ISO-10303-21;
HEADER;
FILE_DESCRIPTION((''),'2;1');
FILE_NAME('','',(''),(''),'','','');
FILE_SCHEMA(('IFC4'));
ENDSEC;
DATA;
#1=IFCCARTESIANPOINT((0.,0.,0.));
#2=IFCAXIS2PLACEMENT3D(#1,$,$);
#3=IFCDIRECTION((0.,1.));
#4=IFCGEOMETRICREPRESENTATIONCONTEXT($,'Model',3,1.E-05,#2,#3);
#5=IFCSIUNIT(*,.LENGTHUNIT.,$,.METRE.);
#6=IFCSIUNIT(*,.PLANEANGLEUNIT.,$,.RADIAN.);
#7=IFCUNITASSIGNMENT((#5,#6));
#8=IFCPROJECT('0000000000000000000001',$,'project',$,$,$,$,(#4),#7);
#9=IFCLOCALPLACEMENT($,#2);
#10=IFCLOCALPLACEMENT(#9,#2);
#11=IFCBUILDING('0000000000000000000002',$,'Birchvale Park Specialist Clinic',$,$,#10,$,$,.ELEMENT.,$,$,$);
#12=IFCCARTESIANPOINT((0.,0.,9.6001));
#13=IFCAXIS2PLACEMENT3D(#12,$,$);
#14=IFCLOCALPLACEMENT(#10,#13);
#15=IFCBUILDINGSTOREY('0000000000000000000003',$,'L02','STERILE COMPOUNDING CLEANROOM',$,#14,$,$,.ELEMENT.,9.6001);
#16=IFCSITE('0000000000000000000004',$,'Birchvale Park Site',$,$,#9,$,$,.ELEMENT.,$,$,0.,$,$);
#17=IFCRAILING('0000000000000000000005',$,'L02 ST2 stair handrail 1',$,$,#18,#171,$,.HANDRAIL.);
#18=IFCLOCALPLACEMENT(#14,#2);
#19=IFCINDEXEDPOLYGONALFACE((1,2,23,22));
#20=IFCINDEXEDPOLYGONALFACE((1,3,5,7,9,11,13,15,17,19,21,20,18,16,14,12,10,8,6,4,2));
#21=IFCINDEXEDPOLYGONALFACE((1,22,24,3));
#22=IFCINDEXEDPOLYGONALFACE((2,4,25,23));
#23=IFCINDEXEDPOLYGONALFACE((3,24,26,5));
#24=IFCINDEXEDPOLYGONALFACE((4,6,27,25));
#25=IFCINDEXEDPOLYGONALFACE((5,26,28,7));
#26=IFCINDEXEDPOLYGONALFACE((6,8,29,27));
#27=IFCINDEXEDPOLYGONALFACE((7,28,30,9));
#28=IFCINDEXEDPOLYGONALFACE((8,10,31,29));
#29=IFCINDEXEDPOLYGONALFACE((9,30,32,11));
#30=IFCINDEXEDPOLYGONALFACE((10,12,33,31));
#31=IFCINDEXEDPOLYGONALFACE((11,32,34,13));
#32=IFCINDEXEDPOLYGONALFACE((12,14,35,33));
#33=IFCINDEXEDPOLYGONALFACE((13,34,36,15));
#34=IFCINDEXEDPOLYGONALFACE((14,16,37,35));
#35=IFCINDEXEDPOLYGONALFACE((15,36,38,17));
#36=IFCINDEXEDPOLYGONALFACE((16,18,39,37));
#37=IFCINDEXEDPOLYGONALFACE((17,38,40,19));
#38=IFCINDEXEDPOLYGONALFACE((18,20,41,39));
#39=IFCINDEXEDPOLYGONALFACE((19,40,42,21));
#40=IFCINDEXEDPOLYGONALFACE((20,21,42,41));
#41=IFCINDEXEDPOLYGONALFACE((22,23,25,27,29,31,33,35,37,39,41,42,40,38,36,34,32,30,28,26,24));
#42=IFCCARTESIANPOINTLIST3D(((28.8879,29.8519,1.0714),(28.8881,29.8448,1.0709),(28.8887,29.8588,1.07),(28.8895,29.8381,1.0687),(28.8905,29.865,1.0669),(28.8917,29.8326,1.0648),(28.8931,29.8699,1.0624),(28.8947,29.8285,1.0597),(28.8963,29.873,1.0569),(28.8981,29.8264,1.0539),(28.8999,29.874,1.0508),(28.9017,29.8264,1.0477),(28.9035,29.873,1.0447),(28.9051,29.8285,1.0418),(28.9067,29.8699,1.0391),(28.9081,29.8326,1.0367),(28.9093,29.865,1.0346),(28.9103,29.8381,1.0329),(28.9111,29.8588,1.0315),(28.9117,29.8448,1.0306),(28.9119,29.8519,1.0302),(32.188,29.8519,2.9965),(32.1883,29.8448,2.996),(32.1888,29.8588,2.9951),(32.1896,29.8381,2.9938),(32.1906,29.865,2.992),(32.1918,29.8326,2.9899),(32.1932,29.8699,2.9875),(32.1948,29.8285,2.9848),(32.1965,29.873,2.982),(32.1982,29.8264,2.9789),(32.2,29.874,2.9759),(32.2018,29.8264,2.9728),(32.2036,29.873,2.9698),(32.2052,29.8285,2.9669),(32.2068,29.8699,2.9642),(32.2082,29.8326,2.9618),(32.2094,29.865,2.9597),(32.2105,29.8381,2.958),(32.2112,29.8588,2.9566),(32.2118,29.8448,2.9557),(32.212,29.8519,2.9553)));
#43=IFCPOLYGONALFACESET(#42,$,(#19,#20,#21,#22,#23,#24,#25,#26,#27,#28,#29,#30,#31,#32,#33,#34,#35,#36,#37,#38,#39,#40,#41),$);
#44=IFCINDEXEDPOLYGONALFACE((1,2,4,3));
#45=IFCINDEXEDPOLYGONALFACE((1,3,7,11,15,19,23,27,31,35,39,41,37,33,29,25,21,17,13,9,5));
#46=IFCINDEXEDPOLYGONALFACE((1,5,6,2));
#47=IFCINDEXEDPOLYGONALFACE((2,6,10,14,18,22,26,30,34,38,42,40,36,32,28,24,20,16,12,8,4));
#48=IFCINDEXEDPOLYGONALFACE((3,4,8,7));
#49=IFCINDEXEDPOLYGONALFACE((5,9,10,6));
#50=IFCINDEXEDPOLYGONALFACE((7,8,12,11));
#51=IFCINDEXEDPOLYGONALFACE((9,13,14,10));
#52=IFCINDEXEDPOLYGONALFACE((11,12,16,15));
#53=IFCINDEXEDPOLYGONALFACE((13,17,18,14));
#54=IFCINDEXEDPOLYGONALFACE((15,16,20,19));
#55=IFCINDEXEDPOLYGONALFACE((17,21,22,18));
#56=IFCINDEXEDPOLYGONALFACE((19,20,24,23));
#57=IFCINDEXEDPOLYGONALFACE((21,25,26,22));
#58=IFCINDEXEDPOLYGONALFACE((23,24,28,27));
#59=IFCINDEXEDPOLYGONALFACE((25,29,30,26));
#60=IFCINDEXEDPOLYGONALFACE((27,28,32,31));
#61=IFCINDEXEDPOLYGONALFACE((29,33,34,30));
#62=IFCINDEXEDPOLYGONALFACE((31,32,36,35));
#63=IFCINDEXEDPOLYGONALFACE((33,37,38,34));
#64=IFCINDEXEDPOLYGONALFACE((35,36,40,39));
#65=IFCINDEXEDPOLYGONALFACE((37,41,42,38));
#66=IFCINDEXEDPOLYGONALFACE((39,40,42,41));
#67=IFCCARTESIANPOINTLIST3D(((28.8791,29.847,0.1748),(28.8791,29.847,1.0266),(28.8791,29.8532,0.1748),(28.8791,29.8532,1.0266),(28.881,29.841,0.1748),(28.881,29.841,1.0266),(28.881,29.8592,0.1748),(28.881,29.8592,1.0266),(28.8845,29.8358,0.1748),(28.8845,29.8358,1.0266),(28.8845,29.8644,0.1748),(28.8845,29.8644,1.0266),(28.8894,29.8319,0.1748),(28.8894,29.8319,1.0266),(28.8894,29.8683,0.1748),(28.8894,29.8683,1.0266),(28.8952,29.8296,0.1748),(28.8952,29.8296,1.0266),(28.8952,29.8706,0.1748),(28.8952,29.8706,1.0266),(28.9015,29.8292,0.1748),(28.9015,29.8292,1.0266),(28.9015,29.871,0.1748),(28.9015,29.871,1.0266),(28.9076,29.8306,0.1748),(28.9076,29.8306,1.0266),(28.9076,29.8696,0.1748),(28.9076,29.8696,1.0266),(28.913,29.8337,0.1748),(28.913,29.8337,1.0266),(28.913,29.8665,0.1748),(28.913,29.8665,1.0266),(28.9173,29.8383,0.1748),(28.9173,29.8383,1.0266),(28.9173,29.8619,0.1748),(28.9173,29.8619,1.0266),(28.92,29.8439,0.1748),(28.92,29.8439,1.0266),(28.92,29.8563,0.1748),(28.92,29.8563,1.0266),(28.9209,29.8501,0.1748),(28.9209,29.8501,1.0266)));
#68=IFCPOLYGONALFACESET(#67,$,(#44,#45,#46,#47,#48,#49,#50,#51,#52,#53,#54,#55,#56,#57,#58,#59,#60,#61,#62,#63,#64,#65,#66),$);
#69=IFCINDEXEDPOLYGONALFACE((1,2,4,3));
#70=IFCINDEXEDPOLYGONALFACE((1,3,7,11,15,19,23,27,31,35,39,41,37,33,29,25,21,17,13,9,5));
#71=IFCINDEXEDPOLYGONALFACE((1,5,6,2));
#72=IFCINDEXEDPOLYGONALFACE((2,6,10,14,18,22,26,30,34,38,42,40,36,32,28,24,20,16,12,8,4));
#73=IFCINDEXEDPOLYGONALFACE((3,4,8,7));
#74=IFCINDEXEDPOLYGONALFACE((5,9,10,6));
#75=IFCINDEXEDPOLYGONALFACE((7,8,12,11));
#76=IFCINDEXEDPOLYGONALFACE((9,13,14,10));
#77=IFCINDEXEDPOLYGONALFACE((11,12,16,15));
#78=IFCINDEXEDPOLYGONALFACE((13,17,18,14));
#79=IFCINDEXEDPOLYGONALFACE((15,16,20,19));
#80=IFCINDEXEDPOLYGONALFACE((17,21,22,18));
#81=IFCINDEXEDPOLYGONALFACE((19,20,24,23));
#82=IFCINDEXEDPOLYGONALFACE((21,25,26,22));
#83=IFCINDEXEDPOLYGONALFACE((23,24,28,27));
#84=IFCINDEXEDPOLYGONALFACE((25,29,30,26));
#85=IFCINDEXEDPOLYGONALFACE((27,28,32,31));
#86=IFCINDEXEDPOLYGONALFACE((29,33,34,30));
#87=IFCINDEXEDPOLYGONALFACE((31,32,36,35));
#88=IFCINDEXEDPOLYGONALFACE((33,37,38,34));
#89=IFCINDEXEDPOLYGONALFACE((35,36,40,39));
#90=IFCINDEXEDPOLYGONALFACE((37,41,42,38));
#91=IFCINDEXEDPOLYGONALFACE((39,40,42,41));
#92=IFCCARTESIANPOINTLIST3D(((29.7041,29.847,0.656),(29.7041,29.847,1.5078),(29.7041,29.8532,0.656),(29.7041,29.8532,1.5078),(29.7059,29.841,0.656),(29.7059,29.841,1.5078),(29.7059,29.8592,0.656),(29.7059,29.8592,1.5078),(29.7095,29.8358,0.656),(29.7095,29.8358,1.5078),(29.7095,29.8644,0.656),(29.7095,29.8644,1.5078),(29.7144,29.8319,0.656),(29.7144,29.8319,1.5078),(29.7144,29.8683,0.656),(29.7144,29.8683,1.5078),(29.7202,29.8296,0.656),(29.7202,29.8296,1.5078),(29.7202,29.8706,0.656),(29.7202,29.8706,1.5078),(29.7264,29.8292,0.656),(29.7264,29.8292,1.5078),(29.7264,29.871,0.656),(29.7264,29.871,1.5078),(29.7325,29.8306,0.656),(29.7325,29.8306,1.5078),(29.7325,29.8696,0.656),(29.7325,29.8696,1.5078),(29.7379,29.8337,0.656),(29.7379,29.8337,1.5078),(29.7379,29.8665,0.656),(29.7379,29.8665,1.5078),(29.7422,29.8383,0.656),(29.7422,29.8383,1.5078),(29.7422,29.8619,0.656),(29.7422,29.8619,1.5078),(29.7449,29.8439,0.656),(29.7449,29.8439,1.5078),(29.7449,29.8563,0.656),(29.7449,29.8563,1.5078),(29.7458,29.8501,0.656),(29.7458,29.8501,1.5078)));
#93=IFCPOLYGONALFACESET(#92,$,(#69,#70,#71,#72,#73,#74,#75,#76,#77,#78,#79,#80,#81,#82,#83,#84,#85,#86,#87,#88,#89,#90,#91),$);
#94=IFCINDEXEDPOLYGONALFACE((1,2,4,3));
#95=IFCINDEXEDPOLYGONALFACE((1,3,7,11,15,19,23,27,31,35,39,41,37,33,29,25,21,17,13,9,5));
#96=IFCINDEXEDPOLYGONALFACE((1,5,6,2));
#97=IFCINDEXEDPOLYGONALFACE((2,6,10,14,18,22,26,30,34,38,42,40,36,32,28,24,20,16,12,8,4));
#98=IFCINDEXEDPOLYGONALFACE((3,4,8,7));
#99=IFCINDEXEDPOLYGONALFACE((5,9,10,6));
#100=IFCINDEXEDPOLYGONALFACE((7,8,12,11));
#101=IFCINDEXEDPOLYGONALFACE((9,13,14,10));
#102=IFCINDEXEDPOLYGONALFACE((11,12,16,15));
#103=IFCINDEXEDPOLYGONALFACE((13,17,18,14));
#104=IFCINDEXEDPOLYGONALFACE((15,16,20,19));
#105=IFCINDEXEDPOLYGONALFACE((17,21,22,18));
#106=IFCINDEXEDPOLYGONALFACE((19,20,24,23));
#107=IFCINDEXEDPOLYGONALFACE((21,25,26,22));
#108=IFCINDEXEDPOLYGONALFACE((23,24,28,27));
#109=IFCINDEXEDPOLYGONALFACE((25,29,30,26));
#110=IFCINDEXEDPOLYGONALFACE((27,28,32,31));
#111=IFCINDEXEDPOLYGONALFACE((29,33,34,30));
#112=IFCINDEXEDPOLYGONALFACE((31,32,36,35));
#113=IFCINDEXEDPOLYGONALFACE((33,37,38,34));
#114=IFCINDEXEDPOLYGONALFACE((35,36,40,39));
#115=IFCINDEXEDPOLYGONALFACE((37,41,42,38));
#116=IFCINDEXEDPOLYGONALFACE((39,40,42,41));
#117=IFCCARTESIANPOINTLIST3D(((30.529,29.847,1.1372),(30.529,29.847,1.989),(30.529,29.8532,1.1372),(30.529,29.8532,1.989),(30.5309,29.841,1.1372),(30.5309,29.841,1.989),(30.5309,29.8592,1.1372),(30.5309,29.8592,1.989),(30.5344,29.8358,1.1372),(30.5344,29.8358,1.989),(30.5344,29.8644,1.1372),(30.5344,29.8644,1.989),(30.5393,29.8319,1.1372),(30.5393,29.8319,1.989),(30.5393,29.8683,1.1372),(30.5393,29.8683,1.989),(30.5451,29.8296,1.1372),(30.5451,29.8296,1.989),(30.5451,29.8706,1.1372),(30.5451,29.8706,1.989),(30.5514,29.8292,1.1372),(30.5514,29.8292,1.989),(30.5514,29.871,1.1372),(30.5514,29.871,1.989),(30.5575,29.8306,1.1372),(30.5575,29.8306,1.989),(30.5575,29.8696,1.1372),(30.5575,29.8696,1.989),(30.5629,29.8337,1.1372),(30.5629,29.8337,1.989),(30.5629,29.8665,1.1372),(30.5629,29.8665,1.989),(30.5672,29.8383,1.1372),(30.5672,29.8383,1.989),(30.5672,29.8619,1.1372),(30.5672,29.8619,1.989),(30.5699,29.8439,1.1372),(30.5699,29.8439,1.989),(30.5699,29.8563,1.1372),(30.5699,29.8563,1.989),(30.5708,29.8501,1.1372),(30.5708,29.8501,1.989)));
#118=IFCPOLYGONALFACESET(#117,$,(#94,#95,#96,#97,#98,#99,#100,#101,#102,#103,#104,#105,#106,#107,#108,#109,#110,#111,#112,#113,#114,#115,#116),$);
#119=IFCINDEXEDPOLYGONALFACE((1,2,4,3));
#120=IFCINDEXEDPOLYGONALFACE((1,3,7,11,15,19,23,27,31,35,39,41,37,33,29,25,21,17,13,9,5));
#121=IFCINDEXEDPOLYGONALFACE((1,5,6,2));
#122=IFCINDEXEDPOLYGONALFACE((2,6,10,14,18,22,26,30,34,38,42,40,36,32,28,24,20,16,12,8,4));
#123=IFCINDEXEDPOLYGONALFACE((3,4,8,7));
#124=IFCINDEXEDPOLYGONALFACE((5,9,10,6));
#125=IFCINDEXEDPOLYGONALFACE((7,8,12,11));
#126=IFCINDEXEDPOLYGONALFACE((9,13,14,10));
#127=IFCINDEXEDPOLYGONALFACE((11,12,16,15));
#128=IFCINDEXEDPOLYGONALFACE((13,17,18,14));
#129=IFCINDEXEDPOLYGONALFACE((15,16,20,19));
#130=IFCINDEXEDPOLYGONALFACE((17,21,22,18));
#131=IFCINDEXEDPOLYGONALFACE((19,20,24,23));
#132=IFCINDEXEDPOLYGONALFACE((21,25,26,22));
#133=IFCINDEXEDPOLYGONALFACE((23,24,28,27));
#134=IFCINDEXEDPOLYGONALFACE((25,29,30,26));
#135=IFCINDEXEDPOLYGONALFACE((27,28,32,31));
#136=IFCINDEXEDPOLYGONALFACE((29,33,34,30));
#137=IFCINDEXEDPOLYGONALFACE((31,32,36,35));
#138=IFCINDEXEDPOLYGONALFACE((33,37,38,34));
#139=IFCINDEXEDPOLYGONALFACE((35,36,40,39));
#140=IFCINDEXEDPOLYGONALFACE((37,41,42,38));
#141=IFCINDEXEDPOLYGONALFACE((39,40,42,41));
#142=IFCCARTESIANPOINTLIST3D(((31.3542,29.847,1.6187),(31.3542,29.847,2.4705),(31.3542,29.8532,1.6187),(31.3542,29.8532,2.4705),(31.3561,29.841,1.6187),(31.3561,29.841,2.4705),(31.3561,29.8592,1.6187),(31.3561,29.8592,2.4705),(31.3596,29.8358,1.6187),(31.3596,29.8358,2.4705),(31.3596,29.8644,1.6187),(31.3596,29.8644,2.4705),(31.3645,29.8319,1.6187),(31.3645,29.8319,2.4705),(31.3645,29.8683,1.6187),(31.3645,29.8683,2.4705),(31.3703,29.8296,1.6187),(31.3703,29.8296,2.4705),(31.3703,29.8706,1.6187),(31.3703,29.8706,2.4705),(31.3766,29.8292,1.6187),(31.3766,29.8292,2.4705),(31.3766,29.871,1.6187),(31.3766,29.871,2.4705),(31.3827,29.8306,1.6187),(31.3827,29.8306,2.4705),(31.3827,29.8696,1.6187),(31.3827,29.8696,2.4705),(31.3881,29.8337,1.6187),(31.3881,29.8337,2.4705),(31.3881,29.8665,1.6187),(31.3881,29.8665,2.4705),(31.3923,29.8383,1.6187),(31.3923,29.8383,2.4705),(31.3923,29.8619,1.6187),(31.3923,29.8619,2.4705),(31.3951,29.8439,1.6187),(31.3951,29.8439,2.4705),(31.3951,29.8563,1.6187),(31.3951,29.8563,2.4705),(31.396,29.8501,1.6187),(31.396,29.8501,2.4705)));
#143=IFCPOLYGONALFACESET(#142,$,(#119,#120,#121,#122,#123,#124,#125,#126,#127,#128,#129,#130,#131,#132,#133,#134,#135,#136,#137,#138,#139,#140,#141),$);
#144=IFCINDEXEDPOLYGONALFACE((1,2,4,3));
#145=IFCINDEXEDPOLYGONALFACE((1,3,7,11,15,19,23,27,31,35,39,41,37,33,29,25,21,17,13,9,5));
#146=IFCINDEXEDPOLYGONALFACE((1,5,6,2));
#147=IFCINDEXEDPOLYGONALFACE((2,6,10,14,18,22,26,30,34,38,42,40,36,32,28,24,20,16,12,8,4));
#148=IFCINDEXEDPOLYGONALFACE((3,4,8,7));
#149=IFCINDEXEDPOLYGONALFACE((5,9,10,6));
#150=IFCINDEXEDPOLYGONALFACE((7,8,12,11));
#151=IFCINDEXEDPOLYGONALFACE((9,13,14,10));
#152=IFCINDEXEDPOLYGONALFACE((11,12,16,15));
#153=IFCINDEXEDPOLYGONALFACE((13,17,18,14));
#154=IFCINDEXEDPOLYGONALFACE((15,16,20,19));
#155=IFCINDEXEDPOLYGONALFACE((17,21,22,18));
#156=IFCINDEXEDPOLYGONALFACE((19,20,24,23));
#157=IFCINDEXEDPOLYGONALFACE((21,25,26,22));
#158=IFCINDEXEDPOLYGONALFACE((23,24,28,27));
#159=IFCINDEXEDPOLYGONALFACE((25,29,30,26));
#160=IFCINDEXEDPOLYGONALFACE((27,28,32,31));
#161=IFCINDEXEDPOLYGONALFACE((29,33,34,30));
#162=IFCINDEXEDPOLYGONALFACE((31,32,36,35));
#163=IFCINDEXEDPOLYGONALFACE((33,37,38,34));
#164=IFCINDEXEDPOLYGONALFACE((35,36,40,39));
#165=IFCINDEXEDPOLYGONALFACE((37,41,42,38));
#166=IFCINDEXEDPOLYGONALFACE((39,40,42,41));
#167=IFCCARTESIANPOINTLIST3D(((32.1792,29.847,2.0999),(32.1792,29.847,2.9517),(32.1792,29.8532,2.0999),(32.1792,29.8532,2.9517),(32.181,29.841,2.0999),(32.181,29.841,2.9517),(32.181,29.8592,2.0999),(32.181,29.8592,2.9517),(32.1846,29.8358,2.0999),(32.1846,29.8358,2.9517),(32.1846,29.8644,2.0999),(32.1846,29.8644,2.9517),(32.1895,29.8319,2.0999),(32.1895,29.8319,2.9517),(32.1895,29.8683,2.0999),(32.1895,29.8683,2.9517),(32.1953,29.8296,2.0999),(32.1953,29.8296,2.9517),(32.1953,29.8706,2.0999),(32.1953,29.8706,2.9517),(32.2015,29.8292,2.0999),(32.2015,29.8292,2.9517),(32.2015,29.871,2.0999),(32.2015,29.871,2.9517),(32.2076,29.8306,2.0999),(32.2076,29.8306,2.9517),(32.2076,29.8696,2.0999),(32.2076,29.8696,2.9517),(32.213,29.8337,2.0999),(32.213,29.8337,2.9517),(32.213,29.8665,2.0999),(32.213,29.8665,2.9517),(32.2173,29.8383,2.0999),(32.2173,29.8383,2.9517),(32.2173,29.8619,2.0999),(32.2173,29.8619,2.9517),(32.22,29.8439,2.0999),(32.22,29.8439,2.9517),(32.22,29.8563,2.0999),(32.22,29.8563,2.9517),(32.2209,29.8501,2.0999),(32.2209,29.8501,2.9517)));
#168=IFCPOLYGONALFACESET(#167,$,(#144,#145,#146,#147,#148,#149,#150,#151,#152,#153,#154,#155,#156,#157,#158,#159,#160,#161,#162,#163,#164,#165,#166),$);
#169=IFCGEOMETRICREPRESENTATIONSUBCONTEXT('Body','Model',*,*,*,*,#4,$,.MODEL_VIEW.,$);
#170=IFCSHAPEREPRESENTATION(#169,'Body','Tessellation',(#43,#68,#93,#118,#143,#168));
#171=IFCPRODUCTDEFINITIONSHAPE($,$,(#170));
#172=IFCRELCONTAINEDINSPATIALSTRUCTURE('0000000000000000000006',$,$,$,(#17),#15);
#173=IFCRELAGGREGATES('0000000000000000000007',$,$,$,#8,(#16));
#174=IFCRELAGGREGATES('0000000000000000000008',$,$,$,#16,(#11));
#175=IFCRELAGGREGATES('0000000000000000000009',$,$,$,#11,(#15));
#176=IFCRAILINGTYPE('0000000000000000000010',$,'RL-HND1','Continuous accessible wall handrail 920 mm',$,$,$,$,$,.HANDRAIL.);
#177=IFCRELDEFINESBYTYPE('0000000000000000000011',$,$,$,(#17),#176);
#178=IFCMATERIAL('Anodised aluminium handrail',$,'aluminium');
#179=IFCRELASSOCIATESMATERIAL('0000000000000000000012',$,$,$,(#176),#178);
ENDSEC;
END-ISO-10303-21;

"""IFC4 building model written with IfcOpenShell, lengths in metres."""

from ifc_helpers import new_model, si_unit, direction, frame, origin, origin_2d, place, context, subcontext, project, spatial, circle, extrude, material, type_object, element, save


model = new_model("IFC4")

# Units and contexts
model_context = context("Model", 3, precision=1e-05, world=origin(), true_north=direction((0.0, 1.0)))
body_context = subcontext(model_context, "Body", "Model", "MODEL_VIEW")
ifc_project = project(units=[si_unit("LENGTHUNIT", "METRE"), si_unit("PLANEANGLEUNIT", "RADIAN")], contexts=[model_context])

# Site, building, storey
site_placement = place(None, origin())
site = spatial("IfcSite", under=ifc_project, at=site_placement, Name="Birchvale Park Site", CompositionType="ELEMENT", RefElevation=0.0)
building_placement = place(site_placement, origin())
building = spatial("IfcBuilding", under=site, at=building_placement, Name="Birchvale Park Specialist Clinic", CompositionType="ELEMENT")
storey_placement = place(building_placement, frame((0.0, 0.0, 9.6001)))
storey = spatial("IfcBuildingStorey", under=building, at=storey_placement, Name="L02", Description="STERILE COMPOUNDING CLEANROOM", CompositionType="ELEMENT", Elevation=9.6001)

# Railing
ifc_material_1 = material(Name="Anodised aluminium handrail", Category="aluminium")
railing_type_1 = type_object("IfcRailingType", Name="RL-HND1", Description="Continuous accessible wall handrail 920 mm", PredefinedType="HANDRAIL", material=ifc_material_1)
railing_1_placement = place(storey_placement, frame((28.8999, 29.8501, 0.1748)))
element("IfcRailing", 1, at=railing_1_placement, inside=storey, type_object=railing_type_1, Name="L02 ST2 stair handrail 1", PredefinedType="HANDRAIL", context=body_context, shape_type="SweptSolid", body=[
    extrude(circle(Radius=0.0239, at=origin_2d()), frame((0.0, 0.0, 0.876), z_axis=(0.863777, 0.0, 0.503875), x_axis=(0.0, 1.0, 0.0)), (0.0, 0.0, 1.0), 3.8206),
    extrude(circle(Radius=0.021, at=origin_2d()), origin(), (0.0, 0.0, 1.0), 0.8518),
    extrude(circle(Radius=0.021, at=origin_2d()), frame((0.825, 0.0, 0.4812)), (0.0, 0.0, 1.0), 0.8518),
    extrude(circle(Radius=0.021, at=origin_2d()), frame((1.6499, 0.0, 0.9624)), (0.0, 0.0, 1.0), 0.8518),
    extrude(circle(Radius=0.021, at=origin_2d()), frame((2.4751, 0.0, 1.4438)), (0.0, 0.0, 1.0), 0.8518),
    extrude(circle(Radius=0.021, at=origin_2d()), frame((3.3, 0.0, 1.925)), (0.0, 0.0, 1.0), 0.8518),
])

save(model, "model.ifc")
